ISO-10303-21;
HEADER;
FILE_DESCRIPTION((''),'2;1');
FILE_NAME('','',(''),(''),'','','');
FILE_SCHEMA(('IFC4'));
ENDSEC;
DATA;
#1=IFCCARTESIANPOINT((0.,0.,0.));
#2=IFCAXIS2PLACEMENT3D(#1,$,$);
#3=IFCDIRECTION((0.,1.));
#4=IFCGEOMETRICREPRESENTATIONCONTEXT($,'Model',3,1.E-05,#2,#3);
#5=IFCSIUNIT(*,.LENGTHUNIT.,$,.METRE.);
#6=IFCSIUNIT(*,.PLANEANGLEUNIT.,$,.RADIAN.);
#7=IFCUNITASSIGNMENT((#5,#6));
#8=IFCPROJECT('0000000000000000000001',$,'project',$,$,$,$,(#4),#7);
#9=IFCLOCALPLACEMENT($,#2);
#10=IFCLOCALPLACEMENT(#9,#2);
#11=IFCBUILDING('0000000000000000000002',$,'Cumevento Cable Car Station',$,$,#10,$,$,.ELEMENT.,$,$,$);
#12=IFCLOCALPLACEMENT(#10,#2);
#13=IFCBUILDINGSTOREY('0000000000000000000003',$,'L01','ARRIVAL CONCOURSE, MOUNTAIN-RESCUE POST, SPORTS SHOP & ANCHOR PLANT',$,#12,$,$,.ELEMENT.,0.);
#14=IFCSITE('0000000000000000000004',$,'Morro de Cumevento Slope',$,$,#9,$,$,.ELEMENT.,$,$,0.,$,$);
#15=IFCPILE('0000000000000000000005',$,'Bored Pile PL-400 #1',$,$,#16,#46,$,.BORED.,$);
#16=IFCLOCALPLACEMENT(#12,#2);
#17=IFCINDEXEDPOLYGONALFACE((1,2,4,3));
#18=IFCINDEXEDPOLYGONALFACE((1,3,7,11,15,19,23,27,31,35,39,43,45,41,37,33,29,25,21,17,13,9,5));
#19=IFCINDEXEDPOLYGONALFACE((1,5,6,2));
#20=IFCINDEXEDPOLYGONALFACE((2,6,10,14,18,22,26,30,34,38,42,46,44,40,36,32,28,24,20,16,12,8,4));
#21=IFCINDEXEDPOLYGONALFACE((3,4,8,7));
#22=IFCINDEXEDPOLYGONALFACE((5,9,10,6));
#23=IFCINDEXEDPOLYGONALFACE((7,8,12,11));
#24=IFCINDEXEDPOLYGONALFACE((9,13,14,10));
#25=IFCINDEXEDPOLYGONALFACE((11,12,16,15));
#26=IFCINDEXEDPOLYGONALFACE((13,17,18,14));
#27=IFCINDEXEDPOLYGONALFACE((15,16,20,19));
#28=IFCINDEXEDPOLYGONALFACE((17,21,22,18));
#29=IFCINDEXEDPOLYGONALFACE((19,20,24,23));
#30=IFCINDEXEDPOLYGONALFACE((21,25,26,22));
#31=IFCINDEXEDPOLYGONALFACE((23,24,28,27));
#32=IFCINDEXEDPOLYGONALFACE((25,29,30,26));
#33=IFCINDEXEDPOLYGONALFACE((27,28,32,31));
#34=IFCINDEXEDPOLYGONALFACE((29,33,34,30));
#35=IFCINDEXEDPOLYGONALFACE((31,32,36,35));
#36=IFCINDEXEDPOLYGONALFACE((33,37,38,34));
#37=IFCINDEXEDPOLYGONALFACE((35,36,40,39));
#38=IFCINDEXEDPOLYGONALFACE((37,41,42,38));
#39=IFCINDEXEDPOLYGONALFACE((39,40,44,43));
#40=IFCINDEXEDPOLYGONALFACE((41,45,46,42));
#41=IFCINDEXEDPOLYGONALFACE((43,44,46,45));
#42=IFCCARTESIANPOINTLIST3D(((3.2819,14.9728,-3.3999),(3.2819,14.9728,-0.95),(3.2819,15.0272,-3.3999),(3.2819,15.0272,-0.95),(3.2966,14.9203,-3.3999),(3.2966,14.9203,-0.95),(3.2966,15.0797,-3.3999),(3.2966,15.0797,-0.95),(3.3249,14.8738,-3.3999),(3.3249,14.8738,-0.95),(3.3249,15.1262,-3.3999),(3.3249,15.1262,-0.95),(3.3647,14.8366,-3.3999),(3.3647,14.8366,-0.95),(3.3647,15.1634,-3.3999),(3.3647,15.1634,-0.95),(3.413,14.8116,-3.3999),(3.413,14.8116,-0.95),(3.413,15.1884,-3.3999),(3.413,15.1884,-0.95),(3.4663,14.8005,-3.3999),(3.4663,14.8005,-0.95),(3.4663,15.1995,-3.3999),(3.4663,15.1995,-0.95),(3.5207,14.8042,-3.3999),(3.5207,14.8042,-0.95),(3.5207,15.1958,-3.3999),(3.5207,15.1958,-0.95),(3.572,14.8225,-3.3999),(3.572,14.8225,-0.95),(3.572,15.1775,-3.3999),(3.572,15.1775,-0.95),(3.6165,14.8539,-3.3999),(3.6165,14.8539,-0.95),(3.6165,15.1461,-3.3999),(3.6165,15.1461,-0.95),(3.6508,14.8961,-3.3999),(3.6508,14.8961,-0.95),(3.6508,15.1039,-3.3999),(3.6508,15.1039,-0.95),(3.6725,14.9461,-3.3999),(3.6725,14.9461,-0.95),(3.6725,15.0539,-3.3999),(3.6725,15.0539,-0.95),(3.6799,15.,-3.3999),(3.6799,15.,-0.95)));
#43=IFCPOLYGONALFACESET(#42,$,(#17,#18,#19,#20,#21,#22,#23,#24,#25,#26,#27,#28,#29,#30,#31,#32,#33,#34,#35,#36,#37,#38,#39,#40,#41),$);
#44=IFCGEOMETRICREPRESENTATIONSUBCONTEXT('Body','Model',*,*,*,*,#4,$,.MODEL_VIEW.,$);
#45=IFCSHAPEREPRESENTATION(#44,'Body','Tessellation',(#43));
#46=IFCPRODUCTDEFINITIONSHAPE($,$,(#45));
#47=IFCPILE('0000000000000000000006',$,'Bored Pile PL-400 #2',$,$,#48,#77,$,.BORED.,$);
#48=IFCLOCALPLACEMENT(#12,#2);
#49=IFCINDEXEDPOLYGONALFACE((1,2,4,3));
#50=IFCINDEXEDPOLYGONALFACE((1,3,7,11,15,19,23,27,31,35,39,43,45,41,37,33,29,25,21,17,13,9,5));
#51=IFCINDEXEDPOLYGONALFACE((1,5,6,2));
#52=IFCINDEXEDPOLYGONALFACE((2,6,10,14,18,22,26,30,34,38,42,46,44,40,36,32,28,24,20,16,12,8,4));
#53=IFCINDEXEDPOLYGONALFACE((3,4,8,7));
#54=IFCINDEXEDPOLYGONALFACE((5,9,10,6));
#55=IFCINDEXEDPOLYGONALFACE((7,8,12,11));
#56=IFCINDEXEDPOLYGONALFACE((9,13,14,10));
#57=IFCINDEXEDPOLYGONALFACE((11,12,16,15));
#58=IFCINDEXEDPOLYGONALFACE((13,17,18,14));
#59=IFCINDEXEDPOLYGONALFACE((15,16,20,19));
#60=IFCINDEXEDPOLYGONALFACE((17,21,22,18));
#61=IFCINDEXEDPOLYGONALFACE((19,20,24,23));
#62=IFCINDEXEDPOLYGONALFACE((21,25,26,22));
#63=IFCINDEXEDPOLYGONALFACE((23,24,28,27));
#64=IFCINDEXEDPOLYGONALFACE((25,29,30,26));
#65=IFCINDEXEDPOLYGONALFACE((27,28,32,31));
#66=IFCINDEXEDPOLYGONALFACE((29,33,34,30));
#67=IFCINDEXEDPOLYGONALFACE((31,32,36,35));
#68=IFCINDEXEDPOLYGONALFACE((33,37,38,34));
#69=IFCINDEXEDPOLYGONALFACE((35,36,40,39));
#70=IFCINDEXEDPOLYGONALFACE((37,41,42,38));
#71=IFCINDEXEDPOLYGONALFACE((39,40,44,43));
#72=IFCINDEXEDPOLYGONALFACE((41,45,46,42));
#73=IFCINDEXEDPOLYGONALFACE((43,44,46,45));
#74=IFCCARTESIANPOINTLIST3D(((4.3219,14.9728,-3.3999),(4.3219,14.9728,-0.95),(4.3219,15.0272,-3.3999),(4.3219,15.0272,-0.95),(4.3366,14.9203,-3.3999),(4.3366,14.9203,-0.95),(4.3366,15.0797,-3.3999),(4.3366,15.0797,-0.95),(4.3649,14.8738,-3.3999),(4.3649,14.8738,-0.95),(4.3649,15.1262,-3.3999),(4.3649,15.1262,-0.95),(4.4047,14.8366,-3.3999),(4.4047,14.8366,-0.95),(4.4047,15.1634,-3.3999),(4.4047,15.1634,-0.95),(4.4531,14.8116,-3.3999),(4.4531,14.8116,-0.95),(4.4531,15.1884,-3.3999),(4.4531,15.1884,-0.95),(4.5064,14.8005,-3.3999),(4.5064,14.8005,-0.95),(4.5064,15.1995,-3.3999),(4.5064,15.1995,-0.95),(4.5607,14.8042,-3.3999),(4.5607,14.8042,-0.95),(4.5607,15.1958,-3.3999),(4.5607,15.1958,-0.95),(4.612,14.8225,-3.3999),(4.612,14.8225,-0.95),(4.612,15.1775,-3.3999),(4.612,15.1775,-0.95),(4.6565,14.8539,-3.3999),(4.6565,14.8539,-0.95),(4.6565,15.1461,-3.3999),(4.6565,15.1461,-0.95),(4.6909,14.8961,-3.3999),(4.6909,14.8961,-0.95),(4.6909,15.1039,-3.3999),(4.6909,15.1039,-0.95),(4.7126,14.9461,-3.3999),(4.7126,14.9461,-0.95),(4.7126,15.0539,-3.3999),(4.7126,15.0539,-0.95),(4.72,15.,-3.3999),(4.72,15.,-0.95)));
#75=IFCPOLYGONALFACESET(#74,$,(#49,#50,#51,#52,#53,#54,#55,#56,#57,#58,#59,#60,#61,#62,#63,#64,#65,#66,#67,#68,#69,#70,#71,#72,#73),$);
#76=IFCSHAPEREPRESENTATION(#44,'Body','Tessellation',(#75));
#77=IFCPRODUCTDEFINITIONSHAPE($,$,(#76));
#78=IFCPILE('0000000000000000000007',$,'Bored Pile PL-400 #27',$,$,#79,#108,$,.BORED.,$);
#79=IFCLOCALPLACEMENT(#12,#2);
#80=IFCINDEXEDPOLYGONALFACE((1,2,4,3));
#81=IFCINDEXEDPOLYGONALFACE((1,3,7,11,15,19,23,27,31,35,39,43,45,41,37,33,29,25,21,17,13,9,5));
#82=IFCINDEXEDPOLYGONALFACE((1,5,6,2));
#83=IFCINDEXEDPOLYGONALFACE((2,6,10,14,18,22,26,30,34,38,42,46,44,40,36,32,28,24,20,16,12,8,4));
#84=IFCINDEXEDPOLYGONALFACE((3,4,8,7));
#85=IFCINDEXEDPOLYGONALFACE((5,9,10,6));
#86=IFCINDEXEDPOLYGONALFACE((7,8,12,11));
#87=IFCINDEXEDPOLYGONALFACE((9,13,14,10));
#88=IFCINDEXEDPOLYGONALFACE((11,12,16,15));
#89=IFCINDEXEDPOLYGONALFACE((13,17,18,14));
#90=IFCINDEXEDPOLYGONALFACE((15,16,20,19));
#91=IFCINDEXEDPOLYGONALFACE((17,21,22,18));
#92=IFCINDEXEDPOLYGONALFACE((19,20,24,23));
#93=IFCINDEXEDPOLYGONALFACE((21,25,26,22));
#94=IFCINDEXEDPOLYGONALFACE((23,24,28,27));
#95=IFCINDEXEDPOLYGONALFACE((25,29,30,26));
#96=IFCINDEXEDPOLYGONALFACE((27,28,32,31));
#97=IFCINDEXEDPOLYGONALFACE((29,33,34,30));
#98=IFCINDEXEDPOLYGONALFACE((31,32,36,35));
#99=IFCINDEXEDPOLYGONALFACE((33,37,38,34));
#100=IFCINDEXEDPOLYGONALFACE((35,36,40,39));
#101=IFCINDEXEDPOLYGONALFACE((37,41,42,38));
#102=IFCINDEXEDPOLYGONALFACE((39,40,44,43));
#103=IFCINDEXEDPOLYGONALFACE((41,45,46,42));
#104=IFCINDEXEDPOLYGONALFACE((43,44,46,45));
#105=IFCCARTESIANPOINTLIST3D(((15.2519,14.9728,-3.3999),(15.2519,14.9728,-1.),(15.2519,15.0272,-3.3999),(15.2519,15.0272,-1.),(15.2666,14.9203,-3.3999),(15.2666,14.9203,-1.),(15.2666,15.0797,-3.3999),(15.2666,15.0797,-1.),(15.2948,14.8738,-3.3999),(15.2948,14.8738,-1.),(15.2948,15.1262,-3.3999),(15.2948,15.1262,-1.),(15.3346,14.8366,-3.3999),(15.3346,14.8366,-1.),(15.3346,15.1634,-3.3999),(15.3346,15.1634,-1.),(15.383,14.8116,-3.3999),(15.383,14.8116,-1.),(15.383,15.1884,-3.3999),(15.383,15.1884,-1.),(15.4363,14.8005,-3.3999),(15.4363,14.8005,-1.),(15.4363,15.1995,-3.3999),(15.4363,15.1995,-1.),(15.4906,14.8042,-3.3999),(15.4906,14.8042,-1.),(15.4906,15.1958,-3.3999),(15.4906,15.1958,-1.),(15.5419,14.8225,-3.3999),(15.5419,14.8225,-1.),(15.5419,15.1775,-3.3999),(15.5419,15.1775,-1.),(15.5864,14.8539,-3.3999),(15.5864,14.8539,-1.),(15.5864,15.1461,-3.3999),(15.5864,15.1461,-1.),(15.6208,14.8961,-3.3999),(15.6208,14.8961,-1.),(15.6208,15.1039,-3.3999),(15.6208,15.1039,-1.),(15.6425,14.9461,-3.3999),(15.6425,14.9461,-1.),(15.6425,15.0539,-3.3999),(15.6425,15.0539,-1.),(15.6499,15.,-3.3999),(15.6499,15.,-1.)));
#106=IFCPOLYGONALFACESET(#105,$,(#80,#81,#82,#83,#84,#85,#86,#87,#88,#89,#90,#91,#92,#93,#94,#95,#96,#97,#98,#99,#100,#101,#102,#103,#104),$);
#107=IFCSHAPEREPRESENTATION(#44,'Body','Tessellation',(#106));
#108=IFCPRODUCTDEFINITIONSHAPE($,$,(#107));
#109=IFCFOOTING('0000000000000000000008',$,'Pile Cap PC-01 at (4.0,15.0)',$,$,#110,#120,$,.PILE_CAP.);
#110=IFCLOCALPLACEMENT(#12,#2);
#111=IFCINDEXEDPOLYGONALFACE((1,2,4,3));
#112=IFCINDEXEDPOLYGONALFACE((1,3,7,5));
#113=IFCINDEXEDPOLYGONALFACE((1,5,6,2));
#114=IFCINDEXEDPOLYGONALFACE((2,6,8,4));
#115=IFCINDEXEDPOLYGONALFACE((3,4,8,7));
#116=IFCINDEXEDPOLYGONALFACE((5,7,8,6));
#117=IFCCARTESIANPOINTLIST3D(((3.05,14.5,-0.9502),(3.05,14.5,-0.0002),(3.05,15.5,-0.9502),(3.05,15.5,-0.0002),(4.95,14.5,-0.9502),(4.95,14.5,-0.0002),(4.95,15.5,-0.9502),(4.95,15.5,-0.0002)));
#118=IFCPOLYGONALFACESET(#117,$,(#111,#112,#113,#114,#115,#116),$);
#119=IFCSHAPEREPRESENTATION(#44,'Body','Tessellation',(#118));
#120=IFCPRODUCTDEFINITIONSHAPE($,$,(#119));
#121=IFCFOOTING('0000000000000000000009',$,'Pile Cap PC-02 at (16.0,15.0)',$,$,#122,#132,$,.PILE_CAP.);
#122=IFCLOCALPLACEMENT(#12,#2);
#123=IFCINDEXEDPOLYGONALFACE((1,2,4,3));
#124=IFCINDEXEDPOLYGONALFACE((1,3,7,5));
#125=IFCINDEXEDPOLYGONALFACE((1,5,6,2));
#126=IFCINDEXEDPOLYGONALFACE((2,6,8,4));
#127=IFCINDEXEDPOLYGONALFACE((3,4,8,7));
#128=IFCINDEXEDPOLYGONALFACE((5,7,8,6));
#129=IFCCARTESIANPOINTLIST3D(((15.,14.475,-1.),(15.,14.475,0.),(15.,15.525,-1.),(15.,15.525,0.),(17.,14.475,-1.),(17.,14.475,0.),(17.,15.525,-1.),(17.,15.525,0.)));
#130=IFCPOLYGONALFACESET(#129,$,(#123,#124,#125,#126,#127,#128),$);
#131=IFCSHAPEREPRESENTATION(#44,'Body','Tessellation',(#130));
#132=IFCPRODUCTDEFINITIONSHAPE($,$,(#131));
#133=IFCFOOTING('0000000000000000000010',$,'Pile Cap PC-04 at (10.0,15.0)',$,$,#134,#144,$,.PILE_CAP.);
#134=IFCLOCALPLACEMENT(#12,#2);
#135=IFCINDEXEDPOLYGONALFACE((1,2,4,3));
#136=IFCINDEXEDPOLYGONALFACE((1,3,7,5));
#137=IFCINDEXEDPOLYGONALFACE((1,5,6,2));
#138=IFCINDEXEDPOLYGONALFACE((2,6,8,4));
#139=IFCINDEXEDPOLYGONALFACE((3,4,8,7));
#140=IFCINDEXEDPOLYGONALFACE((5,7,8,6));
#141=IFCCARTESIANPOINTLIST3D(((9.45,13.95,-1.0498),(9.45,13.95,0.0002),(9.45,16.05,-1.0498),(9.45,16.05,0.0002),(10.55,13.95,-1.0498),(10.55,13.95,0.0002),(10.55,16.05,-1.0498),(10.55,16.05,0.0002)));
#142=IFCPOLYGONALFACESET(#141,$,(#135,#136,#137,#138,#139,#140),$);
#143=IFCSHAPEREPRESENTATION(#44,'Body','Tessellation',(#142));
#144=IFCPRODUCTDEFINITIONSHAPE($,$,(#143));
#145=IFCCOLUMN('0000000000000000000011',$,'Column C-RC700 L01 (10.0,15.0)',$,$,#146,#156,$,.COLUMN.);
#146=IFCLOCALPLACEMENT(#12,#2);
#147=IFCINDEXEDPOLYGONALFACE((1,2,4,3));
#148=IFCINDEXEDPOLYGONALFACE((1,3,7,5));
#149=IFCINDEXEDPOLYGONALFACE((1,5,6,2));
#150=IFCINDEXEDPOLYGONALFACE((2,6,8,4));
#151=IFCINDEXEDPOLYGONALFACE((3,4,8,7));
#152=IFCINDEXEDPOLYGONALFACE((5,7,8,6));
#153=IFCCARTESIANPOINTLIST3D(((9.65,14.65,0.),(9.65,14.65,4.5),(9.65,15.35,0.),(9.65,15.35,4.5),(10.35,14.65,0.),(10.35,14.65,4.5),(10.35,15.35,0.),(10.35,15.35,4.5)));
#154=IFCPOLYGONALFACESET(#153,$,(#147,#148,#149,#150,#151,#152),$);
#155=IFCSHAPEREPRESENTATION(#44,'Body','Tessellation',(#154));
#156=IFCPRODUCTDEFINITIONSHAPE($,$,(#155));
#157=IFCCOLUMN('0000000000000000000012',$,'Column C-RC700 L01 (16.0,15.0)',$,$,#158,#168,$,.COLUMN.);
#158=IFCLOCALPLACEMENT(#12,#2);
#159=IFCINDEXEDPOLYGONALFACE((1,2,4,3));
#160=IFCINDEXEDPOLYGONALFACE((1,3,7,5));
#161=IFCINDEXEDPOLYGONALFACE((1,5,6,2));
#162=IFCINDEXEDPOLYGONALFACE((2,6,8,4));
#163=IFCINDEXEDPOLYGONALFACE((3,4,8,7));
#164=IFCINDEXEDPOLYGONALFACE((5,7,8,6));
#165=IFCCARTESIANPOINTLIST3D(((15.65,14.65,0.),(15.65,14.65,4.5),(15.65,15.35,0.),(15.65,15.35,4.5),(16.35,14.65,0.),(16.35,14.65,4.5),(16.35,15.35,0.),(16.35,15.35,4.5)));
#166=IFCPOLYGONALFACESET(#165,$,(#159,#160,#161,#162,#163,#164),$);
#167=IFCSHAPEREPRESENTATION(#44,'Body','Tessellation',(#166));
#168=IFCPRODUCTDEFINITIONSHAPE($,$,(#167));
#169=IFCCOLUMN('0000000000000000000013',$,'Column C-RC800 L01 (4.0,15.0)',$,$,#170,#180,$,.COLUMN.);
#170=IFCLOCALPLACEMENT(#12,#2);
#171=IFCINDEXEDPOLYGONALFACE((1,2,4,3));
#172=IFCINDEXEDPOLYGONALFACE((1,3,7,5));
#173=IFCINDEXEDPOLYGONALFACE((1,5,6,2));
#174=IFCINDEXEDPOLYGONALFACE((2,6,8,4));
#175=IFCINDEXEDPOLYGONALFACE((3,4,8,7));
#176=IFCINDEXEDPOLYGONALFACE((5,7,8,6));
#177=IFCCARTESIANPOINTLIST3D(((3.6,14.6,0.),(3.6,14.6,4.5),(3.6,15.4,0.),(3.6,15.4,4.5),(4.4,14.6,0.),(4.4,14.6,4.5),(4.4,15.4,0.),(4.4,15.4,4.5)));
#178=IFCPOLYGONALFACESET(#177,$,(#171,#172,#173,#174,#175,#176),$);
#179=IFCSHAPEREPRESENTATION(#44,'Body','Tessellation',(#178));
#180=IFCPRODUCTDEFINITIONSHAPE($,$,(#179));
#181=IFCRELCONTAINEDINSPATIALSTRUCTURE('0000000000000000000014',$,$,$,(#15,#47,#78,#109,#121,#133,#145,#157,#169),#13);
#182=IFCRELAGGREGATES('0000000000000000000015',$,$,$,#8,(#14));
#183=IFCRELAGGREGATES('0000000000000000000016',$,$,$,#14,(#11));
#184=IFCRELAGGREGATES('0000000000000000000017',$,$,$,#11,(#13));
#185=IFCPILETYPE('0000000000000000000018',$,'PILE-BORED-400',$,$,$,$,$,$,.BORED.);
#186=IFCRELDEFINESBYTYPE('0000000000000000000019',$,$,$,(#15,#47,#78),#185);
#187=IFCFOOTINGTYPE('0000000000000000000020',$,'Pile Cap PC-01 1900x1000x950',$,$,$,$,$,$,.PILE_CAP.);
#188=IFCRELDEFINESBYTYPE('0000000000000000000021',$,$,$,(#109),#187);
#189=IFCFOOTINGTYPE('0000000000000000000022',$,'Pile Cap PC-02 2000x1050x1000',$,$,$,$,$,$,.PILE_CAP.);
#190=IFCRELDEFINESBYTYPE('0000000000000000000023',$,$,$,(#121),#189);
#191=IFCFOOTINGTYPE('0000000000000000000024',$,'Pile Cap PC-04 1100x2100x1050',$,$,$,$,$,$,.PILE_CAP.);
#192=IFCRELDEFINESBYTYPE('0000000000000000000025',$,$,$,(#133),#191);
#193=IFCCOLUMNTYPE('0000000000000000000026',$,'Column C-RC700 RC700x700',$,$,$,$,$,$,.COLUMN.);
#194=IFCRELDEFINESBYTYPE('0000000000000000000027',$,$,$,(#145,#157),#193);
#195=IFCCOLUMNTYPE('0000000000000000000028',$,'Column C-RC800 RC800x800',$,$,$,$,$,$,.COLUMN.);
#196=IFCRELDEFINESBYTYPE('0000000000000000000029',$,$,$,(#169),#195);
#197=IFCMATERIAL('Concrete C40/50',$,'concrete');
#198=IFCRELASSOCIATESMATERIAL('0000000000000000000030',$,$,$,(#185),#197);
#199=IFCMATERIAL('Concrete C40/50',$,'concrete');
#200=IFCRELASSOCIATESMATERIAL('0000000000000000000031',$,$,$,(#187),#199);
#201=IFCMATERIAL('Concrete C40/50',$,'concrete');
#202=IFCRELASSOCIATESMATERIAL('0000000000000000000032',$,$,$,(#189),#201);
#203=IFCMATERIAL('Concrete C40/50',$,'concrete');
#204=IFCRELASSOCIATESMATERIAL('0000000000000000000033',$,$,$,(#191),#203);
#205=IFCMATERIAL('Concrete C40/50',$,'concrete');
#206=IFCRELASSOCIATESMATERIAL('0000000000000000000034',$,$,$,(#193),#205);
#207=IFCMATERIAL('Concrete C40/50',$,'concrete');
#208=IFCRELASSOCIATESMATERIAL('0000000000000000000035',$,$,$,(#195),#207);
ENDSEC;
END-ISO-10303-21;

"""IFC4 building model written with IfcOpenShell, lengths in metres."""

from ifc_helpers import new_model, si_unit, direction, frame, origin, origin_2d, place, context, subcontext, project, spatial, rectangle, circle, extrude, material, material_profile, profile_set, type_object, element, save


model = new_model("IFC4")

# Units and contexts
model_context = context("Model", 3, precision=1e-05, world=origin(), true_north=direction((0.0, 1.0)))
body_context = subcontext(model_context, "Body", "Model", "MODEL_VIEW")
ifc_project = project(units=[si_unit("LENGTHUNIT", "METRE"), si_unit("PLANEANGLEUNIT", "RADIAN")], contexts=[model_context])

# Site, building, storey
site_placement = place(None, origin())
site = spatial("IfcSite", under=ifc_project, at=site_placement, Name="Morro de Cumevento Slope", CompositionType="ELEMENT", RefElevation=0.0)
building_placement = place(site_placement, origin())
building = spatial("IfcBuilding", under=site, at=building_placement, Name="Cumevento Cable Car Station", CompositionType="ELEMENT")
storey_placement = place(building_placement, origin())
storey = spatial("IfcBuildingStorey", under=building, at=storey_placement, Name="L01", Description="ARRIVAL CONCOURSE, MOUNTAIN-RESCUE POST, SPORTS SHOP & ANCHOR PLANT", CompositionType="ELEMENT", Elevation=0.0)

# Piles
ifc_material_1 = material(Name="Concrete C40/50", Category="concrete")
ifc_material_profile_1 = material_profile(ifc_material_1, circle(Radius=0.2, at=origin_2d()), Name="PILE-D400")
ifc_profile_set_1 = profile_set([ifc_material_profile_1], Name="Concrete C40/50")
pile_type = type_object("IfcPileType", Name="PILE-BORED-400", PredefinedType="BORED", material=ifc_profile_set_1)
for number, where, z_axis, x_axis, name in (
    (1, (3.48, 15.0, -0.95), (0.0, 0.0, -1.0), (1.0, 0.0, 0.0), "Bored Pile PL-400 #1"),
    (2, (4.52, 15.0, -0.95), (0.0, 0.0, -1.0), (1.0, 0.0, 0.0), "Bored Pile PL-400 #2"),
):
    element("IfcPile", number, at=place(storey_placement, frame(where, z_axis=z_axis, x_axis=x_axis)), inside=storey, type_object=pile_type, Name=name, PredefinedType="BORED", context=body_context, shape_type="SweptSolid", body=[
        extrude(circle(Radius=0.2, at=origin_2d()), origin(), (0.0, 0.0, 1.0), 2.45),
    ])
pile_placement = place(storey_placement, frame((15.45, 15.0, -1.0), z_axis=(0.0, 0.0, -1.0), x_axis=(1.0, 0.0, 0.0)))
element("IfcPile", 3, at=pile_placement, inside=storey, type_object=pile_type, Name="Bored Pile PL-400 #27", PredefinedType="BORED", context=body_context, shape_type="SweptSolid", body=[
    extrude(circle(Radius=0.2, at=origin_2d()), origin(), (0.0, 0.0, 1.0), 2.3999),
])

# Footings
ifc_material_2 = material(Name="Concrete C40/50", Category="concrete")
footing_type_1 = type_object("IfcFootingType", Name="Pile Cap PC-01 1900x1000x950", PredefinedType="PILE_CAP", material=ifc_material_2)
footing_1_placement = place(storey_placement, frame((4.0, 15.0, -0.9502), z_axis=(0.0, 0.0, 1.0), x_axis=(1.0, 0.0, 0.0)))
element("IfcFooting", 4, at=footing_1_placement, inside=storey, type_object=footing_type_1, Name="Pile Cap PC-01 at (4.0,15.0)", PredefinedType="PILE_CAP", context=body_context, shape_type="SweptSolid", body=[
    extrude(rectangle(XDim=1.8999, YDim=1.0, at=origin_2d()), origin(), (0.0, 0.0, 1.0), 0.95),
])
ifc_material_3 = material(Name="Concrete C40/50", Category="concrete")
footing_type_2 = type_object("IfcFootingType", Name="Pile Cap PC-02 2000x1050x1000", PredefinedType="PILE_CAP", material=ifc_material_3)
footing_2_placement = place(storey_placement, frame((16.0, 15.0, -1.0), z_axis=(0.0, 0.0, 1.0), x_axis=(1.0, 0.0, 0.0)))
element("IfcFooting", 5, at=footing_2_placement, inside=storey, type_object=footing_type_2, Name="Pile Cap PC-02 at (16.0,15.0)", PredefinedType="PILE_CAP", context=body_context, shape_type="SweptSolid", body=[
    extrude(rectangle(XDim=2.0, YDim=1.05, at=origin_2d()), origin(), (0.0, 0.0, 1.0), 1.0),
])
ifc_material_4 = material(Name="Concrete C40/50", Category="concrete")
footing_type_3 = type_object("IfcFootingType", Name="Pile Cap PC-04 1100x2100x1050", PredefinedType="PILE_CAP", material=ifc_material_4)
footing_3_placement = place(storey_placement, frame((10.0, 15.0, -1.0498), z_axis=(0.0, 0.0, 1.0), x_axis=(1.0, 0.0, 0.0)))
element("IfcFooting", 6, at=footing_3_placement, inside=storey, type_object=footing_type_3, Name="Pile Cap PC-04 at (10.0,15.0)", PredefinedType="PILE_CAP", context=body_context, shape_type="SweptSolid", body=[
    extrude(rectangle(XDim=1.1001, YDim=2.1001, at=origin_2d()), origin(), (0.0, 0.0, 1.0), 1.05),
])

# Columns
ifc_material_5 = material(Name="Concrete C40/50", Category="concrete")
ifc_material_profile_2 = material_profile(ifc_material_5, rectangle(XDim=0.7, YDim=0.7, at=origin_2d()), Name="RC700x700")
ifc_profile_set_2 = profile_set([ifc_material_profile_2], Name="Concrete C40/50")
column_type_1 = type_object("IfcColumnType", Name="Column C-RC700 RC700x700", PredefinedType="COLUMN", material=ifc_profile_set_2)
for number, where, z_axis, x_axis, name in (
    (7, (10.0, 15.0, 0.0), (0.0, 0.0, 1.0), (1.0, 0.0, 0.0), "Column C-RC700 L01 (10.0,15.0)"),
    (8, (16.0, 15.0, 0.0), (0.0, 0.0, 1.0), (1.0, 0.0, 0.0), "Column C-RC700 L01 (16.0,15.0)"),
):
    element("IfcColumn", number, at=place(storey_placement, frame(where, z_axis=z_axis, x_axis=x_axis)), inside=storey, type_object=column_type_1, Name=name, PredefinedType="COLUMN", context=body_context, shape_type="SweptSolid", body=[
        extrude(rectangle(XDim=0.7, YDim=0.7, at=origin_2d()), origin(), (0.0, 0.0, 1.0), 4.5),
    ])
ifc_material_6 = material(Name="Concrete C40/50", Category="concrete")
ifc_material_profile_3 = material_profile(ifc_material_6, rectangle(XDim=0.8, YDim=0.8, at=origin_2d()), Name="RC800x800")
ifc_profile_set_3 = profile_set([ifc_material_profile_3], Name="Concrete C40/50")
column_type_2 = type_object("IfcColumnType", Name="Column C-RC800 RC800x800", PredefinedType="COLUMN", material=ifc_profile_set_3)
column_placement = place(storey_placement, frame((4.0, 15.0, 0.0), z_axis=(0.0, 0.0, 1.0), x_axis=(1.0, 0.0, 0.0)))
element("IfcColumn", 9, at=column_placement, inside=storey, type_object=column_type_2, Name="Column C-RC800 L01 (4.0,15.0)", PredefinedType="COLUMN", context=body_context, shape_type="SweptSolid", body=[
    extrude(rectangle(XDim=0.8, YDim=0.8, at=origin_2d()), origin(), (0.0, 0.0, 1.0), 4.5),
])

save(model, "model.ifc")
